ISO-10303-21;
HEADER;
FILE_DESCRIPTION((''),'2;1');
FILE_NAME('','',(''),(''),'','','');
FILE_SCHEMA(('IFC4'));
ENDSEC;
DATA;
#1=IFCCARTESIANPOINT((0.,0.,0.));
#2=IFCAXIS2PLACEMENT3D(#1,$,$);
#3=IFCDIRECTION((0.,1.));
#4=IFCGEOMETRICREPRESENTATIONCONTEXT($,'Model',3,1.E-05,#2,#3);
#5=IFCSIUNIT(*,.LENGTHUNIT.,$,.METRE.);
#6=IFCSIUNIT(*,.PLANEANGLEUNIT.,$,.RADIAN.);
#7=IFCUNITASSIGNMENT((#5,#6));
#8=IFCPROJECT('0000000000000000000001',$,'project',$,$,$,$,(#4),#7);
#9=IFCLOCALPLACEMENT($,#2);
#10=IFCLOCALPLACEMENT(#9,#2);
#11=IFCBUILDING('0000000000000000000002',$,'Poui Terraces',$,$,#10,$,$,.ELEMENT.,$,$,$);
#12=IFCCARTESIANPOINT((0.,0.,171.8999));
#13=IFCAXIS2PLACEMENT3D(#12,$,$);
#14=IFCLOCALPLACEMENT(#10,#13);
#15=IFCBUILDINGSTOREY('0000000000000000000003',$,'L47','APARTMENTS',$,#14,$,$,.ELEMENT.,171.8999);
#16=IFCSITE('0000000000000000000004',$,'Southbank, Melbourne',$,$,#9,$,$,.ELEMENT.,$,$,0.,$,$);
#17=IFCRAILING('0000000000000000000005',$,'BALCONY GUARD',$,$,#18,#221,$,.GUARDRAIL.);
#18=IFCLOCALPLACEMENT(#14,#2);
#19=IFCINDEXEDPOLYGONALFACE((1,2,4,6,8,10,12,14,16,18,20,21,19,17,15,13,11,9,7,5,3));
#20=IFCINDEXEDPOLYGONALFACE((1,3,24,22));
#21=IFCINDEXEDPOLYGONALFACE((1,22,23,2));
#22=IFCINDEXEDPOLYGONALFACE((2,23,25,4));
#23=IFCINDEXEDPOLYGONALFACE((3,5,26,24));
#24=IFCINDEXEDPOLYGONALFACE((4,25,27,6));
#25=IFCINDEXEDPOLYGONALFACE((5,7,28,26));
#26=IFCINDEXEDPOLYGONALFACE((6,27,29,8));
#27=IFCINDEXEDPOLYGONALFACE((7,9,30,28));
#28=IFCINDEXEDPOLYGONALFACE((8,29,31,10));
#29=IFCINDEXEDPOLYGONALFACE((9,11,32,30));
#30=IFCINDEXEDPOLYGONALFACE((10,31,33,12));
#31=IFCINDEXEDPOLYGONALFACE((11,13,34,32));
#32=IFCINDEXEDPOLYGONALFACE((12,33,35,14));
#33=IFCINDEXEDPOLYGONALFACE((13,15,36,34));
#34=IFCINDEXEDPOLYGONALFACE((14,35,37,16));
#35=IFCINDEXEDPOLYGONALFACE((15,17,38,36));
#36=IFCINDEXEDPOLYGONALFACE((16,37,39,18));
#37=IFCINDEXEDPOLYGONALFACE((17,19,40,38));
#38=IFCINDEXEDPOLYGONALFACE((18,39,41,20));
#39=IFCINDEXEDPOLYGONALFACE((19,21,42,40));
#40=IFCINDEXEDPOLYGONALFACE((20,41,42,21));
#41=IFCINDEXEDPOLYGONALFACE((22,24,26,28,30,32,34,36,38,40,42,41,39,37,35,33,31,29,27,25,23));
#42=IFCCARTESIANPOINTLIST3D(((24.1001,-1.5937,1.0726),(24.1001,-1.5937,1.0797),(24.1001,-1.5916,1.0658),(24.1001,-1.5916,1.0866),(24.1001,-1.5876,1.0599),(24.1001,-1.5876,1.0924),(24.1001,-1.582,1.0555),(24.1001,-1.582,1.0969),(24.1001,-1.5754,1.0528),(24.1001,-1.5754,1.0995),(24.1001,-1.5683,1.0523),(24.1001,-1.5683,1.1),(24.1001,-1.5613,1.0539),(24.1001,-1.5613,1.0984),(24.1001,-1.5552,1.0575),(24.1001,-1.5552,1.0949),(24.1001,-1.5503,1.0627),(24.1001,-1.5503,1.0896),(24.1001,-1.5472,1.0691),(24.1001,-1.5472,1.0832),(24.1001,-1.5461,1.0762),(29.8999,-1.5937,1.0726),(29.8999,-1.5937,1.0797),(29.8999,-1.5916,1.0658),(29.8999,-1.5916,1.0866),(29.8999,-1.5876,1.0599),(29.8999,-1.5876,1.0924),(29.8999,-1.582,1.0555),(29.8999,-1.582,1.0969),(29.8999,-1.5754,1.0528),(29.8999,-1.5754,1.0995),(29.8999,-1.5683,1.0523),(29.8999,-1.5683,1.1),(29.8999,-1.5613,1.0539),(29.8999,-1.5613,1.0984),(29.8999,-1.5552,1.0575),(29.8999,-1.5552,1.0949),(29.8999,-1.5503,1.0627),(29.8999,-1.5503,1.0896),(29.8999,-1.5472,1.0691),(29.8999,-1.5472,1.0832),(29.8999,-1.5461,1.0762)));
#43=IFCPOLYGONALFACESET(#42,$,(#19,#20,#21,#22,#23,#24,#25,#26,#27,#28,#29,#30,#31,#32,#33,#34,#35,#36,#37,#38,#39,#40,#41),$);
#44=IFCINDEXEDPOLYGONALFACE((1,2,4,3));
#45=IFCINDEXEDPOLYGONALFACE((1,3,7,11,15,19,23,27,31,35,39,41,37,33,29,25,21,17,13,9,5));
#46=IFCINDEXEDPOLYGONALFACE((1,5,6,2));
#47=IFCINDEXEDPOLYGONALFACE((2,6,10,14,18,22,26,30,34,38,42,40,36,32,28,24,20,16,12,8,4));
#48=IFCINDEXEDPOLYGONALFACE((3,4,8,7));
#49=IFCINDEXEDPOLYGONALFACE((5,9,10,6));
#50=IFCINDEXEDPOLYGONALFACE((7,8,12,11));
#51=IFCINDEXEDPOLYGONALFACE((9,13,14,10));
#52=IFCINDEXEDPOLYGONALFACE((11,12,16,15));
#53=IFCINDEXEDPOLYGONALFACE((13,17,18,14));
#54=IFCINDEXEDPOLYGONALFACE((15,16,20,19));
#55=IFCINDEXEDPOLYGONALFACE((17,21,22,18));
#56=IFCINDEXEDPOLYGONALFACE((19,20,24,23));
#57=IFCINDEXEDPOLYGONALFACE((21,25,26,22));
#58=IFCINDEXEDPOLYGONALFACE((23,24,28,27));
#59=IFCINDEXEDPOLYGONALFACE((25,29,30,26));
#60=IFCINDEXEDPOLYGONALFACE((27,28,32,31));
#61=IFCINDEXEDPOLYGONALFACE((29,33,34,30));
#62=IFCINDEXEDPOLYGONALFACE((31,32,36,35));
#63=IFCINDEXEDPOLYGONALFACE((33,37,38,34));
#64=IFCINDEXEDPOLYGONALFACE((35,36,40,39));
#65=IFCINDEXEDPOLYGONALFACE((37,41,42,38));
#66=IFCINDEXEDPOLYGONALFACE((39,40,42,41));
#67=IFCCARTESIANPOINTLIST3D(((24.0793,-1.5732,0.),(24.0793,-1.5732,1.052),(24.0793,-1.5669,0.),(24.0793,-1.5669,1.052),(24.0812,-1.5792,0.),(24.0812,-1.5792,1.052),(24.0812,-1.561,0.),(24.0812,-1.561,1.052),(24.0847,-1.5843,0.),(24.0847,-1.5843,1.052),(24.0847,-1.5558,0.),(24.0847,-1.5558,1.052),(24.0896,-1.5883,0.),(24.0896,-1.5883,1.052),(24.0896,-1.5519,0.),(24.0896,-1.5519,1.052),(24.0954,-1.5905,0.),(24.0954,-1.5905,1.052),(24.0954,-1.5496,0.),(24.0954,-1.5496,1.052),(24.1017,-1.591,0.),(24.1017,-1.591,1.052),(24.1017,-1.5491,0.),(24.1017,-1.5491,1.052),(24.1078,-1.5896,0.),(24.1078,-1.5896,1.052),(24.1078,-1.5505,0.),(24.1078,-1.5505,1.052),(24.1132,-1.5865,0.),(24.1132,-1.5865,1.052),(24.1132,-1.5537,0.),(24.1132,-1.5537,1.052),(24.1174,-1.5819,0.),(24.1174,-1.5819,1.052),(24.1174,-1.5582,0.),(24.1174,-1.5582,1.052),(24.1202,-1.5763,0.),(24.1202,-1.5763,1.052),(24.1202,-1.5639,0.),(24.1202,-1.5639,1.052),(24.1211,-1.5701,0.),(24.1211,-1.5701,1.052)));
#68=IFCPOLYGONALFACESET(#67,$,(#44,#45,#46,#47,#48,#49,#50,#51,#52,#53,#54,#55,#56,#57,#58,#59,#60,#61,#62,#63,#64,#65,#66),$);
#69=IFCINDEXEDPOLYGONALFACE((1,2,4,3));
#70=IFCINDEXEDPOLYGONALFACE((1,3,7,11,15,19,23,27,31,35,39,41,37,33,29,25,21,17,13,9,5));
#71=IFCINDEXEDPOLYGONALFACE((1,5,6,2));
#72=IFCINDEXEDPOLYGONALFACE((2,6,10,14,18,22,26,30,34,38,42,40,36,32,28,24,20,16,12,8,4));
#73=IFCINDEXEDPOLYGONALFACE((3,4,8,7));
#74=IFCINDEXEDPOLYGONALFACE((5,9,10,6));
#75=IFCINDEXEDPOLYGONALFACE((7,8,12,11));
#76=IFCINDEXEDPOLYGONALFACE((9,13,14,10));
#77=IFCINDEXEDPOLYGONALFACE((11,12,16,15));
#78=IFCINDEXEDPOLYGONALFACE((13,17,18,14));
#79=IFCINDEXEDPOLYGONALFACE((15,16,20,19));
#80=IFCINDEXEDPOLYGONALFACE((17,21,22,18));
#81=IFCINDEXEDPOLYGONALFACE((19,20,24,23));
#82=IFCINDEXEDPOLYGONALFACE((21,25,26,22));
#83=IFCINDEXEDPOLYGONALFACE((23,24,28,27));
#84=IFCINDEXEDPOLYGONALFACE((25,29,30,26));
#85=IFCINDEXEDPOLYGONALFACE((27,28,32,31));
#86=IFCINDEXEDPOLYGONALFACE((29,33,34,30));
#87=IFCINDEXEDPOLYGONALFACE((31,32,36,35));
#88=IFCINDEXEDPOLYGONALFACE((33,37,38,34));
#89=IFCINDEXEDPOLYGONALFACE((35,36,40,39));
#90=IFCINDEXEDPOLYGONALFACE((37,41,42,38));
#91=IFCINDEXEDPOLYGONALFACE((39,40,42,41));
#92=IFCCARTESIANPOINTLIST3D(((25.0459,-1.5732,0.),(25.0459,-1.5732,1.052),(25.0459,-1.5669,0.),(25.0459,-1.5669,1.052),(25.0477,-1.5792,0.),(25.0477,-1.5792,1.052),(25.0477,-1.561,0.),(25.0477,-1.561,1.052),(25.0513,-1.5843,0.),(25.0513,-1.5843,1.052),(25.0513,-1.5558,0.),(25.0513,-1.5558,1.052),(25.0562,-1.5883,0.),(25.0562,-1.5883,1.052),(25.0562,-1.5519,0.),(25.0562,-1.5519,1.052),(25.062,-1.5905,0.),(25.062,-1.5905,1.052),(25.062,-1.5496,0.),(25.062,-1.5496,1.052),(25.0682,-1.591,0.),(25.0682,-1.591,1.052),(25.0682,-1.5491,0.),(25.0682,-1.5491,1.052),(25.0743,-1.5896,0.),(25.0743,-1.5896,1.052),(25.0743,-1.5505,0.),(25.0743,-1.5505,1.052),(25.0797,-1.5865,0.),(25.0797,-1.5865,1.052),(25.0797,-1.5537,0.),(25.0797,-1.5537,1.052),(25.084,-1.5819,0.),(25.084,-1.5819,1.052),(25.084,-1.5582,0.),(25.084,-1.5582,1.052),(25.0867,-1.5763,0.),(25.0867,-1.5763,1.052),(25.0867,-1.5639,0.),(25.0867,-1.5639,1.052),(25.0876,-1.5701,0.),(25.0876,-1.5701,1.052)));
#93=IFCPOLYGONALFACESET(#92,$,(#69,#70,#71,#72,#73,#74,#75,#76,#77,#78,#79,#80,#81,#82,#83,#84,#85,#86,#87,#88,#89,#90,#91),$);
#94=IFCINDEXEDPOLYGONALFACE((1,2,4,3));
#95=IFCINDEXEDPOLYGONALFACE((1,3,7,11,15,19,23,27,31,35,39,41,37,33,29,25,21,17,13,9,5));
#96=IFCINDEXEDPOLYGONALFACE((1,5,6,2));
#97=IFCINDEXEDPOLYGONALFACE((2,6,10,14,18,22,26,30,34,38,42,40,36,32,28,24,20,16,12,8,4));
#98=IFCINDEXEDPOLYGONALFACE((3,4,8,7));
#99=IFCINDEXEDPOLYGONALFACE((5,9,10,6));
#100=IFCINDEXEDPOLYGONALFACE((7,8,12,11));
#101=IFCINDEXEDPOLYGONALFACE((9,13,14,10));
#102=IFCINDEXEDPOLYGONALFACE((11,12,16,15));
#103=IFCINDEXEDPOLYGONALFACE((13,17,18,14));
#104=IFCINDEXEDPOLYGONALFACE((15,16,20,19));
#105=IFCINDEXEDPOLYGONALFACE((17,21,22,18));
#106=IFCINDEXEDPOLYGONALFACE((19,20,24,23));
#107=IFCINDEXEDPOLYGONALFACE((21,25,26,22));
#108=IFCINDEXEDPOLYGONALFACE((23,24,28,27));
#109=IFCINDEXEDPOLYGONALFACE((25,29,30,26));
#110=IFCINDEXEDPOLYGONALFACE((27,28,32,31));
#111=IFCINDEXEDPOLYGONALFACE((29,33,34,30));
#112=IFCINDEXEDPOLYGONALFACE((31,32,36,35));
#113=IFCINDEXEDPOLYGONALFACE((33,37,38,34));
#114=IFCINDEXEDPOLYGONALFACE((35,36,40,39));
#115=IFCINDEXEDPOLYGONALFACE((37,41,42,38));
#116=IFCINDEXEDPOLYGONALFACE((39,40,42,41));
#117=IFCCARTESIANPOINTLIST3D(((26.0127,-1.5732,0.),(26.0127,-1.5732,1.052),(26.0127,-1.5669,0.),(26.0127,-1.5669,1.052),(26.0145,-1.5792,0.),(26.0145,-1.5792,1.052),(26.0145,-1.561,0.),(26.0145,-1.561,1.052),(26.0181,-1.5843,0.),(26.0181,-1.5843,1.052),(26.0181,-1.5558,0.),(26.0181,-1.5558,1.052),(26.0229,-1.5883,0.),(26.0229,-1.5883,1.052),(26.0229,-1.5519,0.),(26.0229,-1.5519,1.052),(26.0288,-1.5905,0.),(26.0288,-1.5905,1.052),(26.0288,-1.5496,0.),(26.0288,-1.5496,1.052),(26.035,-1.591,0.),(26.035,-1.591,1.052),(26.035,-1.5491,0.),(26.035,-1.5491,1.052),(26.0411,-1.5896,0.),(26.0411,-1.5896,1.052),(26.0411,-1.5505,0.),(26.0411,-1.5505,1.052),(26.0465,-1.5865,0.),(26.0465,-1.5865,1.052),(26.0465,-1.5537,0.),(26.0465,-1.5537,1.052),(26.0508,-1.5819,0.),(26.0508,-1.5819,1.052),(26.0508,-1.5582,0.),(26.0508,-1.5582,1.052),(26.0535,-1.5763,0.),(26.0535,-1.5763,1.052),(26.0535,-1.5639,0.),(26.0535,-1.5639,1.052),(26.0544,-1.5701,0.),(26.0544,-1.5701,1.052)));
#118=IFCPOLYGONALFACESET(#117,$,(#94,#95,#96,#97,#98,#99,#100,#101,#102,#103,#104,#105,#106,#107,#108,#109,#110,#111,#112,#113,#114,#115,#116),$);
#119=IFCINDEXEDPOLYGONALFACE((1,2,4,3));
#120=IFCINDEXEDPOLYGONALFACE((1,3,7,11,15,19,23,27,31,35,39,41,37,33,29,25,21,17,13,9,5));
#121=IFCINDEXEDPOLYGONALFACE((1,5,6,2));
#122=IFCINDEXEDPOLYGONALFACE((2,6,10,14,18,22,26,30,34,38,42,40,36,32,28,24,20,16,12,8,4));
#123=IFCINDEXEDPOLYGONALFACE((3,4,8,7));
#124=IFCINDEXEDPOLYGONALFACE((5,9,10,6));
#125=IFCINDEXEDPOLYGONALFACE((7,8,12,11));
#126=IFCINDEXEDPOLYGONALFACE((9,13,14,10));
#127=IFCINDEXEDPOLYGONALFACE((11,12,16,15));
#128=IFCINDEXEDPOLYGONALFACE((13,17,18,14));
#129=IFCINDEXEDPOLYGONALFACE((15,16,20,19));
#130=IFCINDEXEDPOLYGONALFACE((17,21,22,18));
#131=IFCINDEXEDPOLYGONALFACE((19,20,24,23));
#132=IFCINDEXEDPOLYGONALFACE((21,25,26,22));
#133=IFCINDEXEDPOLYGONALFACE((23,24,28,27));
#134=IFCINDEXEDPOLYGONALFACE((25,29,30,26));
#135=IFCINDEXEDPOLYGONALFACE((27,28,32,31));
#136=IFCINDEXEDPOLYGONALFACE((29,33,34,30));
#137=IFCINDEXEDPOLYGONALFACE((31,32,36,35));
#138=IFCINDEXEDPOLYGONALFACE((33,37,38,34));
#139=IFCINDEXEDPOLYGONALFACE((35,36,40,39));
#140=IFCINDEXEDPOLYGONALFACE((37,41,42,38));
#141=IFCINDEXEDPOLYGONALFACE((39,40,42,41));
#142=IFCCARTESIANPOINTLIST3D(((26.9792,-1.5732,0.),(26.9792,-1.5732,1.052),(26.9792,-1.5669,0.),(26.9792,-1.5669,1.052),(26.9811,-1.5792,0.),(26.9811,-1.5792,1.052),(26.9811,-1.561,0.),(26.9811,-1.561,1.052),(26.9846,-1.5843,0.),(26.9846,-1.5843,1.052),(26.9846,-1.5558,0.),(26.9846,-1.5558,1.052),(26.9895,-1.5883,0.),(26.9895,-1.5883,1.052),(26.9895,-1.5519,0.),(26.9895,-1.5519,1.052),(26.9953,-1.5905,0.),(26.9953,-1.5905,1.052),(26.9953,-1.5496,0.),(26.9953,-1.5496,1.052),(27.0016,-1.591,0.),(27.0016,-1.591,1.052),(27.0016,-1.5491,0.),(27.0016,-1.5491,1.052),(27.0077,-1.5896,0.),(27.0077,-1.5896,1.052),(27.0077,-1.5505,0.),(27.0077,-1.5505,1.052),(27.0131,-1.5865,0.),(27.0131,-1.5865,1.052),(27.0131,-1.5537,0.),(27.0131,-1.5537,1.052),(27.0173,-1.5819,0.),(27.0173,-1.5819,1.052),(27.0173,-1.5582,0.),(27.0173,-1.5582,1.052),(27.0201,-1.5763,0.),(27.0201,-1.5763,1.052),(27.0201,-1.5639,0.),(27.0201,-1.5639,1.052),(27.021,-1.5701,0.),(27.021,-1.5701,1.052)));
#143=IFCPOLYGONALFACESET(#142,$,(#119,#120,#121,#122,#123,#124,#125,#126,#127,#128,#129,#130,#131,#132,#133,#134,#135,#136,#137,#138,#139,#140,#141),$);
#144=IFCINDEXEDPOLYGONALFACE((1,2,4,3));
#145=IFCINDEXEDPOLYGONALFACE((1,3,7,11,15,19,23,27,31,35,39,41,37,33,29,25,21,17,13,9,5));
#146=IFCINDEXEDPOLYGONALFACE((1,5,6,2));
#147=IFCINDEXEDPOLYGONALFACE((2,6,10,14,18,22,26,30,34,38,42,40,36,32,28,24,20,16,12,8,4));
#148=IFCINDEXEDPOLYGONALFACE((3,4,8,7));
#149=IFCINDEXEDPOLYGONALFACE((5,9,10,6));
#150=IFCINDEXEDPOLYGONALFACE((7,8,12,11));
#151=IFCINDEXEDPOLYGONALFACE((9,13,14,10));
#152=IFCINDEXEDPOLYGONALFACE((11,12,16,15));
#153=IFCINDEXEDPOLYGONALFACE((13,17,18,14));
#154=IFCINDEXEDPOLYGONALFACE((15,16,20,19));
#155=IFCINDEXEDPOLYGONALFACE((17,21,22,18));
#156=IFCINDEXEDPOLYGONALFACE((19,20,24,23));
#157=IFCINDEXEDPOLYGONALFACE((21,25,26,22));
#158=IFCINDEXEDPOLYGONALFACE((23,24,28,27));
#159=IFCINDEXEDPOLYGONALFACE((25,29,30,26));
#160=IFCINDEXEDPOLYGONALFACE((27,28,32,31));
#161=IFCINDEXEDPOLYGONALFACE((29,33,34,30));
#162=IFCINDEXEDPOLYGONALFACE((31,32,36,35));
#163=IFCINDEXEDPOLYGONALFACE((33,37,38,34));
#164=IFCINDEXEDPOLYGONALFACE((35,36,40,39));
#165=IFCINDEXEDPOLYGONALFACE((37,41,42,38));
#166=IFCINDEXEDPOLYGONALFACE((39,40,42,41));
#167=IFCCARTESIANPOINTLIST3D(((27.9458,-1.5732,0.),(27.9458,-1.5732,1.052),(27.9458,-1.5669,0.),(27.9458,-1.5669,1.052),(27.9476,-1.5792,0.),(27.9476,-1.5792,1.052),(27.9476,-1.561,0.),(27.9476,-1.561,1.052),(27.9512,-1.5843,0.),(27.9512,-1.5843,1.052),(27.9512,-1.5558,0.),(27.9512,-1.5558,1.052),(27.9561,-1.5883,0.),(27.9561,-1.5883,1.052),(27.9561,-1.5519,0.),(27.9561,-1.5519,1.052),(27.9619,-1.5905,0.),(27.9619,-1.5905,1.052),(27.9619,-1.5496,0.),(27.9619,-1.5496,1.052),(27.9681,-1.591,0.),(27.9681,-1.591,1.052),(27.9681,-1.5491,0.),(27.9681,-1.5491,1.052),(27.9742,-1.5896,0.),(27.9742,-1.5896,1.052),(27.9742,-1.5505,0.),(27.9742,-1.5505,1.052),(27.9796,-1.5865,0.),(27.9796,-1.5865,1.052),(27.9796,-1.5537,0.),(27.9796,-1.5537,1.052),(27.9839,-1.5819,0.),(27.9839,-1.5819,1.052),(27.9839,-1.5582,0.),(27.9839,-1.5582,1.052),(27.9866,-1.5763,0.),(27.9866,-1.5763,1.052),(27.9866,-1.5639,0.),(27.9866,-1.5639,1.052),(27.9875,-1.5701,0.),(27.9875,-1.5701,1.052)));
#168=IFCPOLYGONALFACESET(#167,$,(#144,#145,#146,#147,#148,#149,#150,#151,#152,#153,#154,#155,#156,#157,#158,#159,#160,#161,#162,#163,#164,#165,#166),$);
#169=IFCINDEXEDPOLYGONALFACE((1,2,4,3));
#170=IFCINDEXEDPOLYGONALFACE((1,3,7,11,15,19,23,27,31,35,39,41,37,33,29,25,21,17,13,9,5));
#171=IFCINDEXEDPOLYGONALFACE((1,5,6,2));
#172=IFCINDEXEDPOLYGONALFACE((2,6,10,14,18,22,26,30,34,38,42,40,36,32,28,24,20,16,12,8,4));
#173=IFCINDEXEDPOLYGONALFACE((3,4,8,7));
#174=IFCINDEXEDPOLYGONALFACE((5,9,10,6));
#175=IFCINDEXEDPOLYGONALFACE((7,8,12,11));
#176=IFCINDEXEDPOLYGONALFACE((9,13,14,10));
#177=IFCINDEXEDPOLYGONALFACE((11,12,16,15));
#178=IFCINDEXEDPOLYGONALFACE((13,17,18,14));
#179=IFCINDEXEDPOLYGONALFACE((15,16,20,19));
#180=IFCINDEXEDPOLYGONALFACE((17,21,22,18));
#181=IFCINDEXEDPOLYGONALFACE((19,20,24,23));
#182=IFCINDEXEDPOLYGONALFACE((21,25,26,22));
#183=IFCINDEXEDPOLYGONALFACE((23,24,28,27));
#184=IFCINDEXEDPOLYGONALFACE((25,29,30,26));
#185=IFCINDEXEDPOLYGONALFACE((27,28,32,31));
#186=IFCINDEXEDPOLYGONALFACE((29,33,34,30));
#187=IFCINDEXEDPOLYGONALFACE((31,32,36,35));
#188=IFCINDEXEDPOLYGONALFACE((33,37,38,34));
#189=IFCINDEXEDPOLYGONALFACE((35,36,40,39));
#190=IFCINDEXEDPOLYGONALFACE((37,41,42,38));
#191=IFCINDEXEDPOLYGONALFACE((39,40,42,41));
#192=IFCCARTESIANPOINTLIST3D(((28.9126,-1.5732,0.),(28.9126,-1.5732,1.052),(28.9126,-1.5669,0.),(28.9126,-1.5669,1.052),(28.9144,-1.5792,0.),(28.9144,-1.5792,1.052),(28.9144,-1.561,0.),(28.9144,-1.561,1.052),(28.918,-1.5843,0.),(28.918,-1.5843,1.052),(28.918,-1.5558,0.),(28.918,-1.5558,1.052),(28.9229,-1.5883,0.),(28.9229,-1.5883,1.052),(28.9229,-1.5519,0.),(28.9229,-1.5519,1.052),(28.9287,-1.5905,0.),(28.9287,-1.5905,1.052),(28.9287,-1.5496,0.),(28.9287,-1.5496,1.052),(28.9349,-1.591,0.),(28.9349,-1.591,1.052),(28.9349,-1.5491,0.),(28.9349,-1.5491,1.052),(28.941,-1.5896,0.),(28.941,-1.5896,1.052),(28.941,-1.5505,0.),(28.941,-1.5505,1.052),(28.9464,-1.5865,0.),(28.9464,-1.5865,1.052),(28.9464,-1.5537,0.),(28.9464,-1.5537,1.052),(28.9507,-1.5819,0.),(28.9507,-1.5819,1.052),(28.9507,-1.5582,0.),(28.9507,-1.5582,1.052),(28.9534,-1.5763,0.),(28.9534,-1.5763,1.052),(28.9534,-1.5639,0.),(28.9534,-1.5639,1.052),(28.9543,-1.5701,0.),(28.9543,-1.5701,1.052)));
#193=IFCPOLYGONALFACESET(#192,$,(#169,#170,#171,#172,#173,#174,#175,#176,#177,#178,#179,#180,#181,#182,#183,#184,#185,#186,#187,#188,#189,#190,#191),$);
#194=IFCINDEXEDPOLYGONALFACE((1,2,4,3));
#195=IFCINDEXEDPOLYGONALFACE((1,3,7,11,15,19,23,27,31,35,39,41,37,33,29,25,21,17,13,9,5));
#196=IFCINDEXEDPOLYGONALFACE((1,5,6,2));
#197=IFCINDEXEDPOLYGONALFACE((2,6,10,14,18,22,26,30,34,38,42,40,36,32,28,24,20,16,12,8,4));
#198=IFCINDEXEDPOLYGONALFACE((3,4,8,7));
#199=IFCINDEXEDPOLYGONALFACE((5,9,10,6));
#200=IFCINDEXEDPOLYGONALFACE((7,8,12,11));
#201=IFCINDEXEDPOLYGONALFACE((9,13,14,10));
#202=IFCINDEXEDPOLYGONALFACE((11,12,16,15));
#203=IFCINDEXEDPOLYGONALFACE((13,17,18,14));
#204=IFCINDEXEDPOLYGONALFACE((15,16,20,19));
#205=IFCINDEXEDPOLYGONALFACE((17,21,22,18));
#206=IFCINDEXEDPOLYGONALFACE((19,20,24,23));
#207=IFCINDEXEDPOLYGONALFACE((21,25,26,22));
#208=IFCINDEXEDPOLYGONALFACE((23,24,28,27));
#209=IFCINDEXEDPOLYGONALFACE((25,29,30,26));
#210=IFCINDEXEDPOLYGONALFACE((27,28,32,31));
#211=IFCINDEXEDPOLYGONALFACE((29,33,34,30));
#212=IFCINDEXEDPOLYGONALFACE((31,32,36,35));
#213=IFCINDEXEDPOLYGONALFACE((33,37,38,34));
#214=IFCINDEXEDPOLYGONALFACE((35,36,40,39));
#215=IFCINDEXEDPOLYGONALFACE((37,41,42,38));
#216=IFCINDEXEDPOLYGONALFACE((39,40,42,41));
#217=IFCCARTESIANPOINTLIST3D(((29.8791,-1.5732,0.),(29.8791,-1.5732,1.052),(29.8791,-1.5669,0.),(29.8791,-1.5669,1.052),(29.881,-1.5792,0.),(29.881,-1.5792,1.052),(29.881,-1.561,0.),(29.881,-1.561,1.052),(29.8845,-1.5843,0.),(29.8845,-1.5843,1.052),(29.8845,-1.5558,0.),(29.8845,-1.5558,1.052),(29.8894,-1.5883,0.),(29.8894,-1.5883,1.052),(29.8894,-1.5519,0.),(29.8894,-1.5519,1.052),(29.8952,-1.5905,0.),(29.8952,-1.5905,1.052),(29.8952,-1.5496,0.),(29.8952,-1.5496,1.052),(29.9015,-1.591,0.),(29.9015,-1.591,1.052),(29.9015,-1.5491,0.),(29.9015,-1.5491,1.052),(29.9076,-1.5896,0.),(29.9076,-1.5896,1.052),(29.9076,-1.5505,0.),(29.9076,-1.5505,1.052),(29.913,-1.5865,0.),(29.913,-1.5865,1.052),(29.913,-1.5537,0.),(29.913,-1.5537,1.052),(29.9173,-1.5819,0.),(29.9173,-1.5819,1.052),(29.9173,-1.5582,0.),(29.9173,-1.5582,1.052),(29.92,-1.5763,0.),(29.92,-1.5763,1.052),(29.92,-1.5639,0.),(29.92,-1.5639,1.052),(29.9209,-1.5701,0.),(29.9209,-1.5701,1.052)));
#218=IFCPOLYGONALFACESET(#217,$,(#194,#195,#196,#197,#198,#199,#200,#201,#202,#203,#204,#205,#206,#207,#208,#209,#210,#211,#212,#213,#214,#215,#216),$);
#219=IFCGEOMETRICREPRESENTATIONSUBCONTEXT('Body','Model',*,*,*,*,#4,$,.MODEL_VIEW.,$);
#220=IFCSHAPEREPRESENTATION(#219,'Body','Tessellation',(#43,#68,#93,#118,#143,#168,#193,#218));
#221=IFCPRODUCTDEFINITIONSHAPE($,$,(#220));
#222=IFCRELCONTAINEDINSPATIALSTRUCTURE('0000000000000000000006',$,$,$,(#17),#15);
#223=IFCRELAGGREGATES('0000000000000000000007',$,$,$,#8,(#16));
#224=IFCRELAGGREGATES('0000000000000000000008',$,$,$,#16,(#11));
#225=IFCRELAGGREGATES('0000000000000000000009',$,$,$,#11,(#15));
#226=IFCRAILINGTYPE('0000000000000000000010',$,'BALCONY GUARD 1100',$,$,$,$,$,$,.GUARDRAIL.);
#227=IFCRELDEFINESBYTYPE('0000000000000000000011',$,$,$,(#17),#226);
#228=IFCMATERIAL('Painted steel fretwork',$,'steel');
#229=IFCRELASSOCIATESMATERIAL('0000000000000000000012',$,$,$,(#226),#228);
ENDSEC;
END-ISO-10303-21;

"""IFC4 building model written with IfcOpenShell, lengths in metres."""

from ifc_helpers import new_model, si_unit, direction, frame, origin, origin_2d, place, context, subcontext, project, spatial, circle, extrude, material, type_object, element, save


model = new_model("IFC4")

# Units and contexts
model_context = context("Model", 3, precision=1e-05, world=origin(), true_north=direction((0.0, 1.0)))
body_context = subcontext(model_context, "Body", "Model", "MODEL_VIEW")
ifc_project = project(units=[si_unit("LENGTHUNIT", "METRE"), si_unit("PLANEANGLEUNIT", "RADIAN")], contexts=[model_context])

# Site, building, storey
site_placement = place(None, origin())
site = spatial("IfcSite", under=ifc_project, at=site_placement, Name="Southbank, Melbourne", CompositionType="ELEMENT", RefElevation=0.0)
building_placement = place(site_placement, origin())
building = spatial("IfcBuilding", under=site, at=building_placement, Name="Poui Terraces", CompositionType="ELEMENT")
storey_placement = place(building_placement, frame((0.0, 0.0, 171.8999)))
storey = spatial("IfcBuildingStorey", under=building, at=storey_placement, Name="L47", Description="APARTMENTS", CompositionType="ELEMENT", Elevation=171.8999)

# Railing
ifc_material_1 = material(Name="Painted steel fretwork", Category="steel")
railing_type = type_object("IfcRailingType", Name="BALCONY GUARD 1100", PredefinedType="GUARDRAIL", material=ifc_material_1)
railing_placement = place(storey_placement, frame((24.1001, -1.5701, 0.0)))
element("IfcRailing", 1, at=railing_placement, inside=storey, type_object=railing_type, Name="BALCONY GUARD", PredefinedType="GUARDRAIL", context=body_context, shape_type="SweptSolid", body=[
    extrude(circle(Radius=0.0239, at=origin_2d()), frame((0.0, 0.0, 1.0762), z_axis=(1.0, 0.0, 0.0), x_axis=(0.0, 1.0, 0.0)), (0.0, 0.0, 1.0), 5.7998),
    extrude(circle(Radius=0.021, at=origin_2d()), origin(), (0.0, 0.0, 1.0), 1.052),
    extrude(circle(Radius=0.021, at=origin_2d()), frame((0.9666, 0.0, 0.0)), (0.0, 0.0, 1.0), 1.052),
    extrude(circle(Radius=0.021, at=origin_2d()), frame((1.9333, 0.0, 0.0)), (0.0, 0.0, 1.0), 1.052),
    extrude(circle(Radius=0.021, at=origin_2d()), frame((2.8999, 0.0, 0.0)), (0.0, 0.0, 1.0), 1.052),
    extrude(circle(Radius=0.021, at=origin_2d()), frame((3.8665, 0.0, 0.0)), (0.0, 0.0, 1.0), 1.052),
    extrude(circle(Radius=0.021, at=origin_2d()), frame((4.8333, 0.0, 0.0)), (0.0, 0.0, 1.0), 1.052),
    extrude(circle(Radius=0.021, at=origin_2d()), frame((5.7998, 0.0, 0.0)), (0.0, 0.0, 1.0), 1.052),
])

save(model, "model.ifc")
